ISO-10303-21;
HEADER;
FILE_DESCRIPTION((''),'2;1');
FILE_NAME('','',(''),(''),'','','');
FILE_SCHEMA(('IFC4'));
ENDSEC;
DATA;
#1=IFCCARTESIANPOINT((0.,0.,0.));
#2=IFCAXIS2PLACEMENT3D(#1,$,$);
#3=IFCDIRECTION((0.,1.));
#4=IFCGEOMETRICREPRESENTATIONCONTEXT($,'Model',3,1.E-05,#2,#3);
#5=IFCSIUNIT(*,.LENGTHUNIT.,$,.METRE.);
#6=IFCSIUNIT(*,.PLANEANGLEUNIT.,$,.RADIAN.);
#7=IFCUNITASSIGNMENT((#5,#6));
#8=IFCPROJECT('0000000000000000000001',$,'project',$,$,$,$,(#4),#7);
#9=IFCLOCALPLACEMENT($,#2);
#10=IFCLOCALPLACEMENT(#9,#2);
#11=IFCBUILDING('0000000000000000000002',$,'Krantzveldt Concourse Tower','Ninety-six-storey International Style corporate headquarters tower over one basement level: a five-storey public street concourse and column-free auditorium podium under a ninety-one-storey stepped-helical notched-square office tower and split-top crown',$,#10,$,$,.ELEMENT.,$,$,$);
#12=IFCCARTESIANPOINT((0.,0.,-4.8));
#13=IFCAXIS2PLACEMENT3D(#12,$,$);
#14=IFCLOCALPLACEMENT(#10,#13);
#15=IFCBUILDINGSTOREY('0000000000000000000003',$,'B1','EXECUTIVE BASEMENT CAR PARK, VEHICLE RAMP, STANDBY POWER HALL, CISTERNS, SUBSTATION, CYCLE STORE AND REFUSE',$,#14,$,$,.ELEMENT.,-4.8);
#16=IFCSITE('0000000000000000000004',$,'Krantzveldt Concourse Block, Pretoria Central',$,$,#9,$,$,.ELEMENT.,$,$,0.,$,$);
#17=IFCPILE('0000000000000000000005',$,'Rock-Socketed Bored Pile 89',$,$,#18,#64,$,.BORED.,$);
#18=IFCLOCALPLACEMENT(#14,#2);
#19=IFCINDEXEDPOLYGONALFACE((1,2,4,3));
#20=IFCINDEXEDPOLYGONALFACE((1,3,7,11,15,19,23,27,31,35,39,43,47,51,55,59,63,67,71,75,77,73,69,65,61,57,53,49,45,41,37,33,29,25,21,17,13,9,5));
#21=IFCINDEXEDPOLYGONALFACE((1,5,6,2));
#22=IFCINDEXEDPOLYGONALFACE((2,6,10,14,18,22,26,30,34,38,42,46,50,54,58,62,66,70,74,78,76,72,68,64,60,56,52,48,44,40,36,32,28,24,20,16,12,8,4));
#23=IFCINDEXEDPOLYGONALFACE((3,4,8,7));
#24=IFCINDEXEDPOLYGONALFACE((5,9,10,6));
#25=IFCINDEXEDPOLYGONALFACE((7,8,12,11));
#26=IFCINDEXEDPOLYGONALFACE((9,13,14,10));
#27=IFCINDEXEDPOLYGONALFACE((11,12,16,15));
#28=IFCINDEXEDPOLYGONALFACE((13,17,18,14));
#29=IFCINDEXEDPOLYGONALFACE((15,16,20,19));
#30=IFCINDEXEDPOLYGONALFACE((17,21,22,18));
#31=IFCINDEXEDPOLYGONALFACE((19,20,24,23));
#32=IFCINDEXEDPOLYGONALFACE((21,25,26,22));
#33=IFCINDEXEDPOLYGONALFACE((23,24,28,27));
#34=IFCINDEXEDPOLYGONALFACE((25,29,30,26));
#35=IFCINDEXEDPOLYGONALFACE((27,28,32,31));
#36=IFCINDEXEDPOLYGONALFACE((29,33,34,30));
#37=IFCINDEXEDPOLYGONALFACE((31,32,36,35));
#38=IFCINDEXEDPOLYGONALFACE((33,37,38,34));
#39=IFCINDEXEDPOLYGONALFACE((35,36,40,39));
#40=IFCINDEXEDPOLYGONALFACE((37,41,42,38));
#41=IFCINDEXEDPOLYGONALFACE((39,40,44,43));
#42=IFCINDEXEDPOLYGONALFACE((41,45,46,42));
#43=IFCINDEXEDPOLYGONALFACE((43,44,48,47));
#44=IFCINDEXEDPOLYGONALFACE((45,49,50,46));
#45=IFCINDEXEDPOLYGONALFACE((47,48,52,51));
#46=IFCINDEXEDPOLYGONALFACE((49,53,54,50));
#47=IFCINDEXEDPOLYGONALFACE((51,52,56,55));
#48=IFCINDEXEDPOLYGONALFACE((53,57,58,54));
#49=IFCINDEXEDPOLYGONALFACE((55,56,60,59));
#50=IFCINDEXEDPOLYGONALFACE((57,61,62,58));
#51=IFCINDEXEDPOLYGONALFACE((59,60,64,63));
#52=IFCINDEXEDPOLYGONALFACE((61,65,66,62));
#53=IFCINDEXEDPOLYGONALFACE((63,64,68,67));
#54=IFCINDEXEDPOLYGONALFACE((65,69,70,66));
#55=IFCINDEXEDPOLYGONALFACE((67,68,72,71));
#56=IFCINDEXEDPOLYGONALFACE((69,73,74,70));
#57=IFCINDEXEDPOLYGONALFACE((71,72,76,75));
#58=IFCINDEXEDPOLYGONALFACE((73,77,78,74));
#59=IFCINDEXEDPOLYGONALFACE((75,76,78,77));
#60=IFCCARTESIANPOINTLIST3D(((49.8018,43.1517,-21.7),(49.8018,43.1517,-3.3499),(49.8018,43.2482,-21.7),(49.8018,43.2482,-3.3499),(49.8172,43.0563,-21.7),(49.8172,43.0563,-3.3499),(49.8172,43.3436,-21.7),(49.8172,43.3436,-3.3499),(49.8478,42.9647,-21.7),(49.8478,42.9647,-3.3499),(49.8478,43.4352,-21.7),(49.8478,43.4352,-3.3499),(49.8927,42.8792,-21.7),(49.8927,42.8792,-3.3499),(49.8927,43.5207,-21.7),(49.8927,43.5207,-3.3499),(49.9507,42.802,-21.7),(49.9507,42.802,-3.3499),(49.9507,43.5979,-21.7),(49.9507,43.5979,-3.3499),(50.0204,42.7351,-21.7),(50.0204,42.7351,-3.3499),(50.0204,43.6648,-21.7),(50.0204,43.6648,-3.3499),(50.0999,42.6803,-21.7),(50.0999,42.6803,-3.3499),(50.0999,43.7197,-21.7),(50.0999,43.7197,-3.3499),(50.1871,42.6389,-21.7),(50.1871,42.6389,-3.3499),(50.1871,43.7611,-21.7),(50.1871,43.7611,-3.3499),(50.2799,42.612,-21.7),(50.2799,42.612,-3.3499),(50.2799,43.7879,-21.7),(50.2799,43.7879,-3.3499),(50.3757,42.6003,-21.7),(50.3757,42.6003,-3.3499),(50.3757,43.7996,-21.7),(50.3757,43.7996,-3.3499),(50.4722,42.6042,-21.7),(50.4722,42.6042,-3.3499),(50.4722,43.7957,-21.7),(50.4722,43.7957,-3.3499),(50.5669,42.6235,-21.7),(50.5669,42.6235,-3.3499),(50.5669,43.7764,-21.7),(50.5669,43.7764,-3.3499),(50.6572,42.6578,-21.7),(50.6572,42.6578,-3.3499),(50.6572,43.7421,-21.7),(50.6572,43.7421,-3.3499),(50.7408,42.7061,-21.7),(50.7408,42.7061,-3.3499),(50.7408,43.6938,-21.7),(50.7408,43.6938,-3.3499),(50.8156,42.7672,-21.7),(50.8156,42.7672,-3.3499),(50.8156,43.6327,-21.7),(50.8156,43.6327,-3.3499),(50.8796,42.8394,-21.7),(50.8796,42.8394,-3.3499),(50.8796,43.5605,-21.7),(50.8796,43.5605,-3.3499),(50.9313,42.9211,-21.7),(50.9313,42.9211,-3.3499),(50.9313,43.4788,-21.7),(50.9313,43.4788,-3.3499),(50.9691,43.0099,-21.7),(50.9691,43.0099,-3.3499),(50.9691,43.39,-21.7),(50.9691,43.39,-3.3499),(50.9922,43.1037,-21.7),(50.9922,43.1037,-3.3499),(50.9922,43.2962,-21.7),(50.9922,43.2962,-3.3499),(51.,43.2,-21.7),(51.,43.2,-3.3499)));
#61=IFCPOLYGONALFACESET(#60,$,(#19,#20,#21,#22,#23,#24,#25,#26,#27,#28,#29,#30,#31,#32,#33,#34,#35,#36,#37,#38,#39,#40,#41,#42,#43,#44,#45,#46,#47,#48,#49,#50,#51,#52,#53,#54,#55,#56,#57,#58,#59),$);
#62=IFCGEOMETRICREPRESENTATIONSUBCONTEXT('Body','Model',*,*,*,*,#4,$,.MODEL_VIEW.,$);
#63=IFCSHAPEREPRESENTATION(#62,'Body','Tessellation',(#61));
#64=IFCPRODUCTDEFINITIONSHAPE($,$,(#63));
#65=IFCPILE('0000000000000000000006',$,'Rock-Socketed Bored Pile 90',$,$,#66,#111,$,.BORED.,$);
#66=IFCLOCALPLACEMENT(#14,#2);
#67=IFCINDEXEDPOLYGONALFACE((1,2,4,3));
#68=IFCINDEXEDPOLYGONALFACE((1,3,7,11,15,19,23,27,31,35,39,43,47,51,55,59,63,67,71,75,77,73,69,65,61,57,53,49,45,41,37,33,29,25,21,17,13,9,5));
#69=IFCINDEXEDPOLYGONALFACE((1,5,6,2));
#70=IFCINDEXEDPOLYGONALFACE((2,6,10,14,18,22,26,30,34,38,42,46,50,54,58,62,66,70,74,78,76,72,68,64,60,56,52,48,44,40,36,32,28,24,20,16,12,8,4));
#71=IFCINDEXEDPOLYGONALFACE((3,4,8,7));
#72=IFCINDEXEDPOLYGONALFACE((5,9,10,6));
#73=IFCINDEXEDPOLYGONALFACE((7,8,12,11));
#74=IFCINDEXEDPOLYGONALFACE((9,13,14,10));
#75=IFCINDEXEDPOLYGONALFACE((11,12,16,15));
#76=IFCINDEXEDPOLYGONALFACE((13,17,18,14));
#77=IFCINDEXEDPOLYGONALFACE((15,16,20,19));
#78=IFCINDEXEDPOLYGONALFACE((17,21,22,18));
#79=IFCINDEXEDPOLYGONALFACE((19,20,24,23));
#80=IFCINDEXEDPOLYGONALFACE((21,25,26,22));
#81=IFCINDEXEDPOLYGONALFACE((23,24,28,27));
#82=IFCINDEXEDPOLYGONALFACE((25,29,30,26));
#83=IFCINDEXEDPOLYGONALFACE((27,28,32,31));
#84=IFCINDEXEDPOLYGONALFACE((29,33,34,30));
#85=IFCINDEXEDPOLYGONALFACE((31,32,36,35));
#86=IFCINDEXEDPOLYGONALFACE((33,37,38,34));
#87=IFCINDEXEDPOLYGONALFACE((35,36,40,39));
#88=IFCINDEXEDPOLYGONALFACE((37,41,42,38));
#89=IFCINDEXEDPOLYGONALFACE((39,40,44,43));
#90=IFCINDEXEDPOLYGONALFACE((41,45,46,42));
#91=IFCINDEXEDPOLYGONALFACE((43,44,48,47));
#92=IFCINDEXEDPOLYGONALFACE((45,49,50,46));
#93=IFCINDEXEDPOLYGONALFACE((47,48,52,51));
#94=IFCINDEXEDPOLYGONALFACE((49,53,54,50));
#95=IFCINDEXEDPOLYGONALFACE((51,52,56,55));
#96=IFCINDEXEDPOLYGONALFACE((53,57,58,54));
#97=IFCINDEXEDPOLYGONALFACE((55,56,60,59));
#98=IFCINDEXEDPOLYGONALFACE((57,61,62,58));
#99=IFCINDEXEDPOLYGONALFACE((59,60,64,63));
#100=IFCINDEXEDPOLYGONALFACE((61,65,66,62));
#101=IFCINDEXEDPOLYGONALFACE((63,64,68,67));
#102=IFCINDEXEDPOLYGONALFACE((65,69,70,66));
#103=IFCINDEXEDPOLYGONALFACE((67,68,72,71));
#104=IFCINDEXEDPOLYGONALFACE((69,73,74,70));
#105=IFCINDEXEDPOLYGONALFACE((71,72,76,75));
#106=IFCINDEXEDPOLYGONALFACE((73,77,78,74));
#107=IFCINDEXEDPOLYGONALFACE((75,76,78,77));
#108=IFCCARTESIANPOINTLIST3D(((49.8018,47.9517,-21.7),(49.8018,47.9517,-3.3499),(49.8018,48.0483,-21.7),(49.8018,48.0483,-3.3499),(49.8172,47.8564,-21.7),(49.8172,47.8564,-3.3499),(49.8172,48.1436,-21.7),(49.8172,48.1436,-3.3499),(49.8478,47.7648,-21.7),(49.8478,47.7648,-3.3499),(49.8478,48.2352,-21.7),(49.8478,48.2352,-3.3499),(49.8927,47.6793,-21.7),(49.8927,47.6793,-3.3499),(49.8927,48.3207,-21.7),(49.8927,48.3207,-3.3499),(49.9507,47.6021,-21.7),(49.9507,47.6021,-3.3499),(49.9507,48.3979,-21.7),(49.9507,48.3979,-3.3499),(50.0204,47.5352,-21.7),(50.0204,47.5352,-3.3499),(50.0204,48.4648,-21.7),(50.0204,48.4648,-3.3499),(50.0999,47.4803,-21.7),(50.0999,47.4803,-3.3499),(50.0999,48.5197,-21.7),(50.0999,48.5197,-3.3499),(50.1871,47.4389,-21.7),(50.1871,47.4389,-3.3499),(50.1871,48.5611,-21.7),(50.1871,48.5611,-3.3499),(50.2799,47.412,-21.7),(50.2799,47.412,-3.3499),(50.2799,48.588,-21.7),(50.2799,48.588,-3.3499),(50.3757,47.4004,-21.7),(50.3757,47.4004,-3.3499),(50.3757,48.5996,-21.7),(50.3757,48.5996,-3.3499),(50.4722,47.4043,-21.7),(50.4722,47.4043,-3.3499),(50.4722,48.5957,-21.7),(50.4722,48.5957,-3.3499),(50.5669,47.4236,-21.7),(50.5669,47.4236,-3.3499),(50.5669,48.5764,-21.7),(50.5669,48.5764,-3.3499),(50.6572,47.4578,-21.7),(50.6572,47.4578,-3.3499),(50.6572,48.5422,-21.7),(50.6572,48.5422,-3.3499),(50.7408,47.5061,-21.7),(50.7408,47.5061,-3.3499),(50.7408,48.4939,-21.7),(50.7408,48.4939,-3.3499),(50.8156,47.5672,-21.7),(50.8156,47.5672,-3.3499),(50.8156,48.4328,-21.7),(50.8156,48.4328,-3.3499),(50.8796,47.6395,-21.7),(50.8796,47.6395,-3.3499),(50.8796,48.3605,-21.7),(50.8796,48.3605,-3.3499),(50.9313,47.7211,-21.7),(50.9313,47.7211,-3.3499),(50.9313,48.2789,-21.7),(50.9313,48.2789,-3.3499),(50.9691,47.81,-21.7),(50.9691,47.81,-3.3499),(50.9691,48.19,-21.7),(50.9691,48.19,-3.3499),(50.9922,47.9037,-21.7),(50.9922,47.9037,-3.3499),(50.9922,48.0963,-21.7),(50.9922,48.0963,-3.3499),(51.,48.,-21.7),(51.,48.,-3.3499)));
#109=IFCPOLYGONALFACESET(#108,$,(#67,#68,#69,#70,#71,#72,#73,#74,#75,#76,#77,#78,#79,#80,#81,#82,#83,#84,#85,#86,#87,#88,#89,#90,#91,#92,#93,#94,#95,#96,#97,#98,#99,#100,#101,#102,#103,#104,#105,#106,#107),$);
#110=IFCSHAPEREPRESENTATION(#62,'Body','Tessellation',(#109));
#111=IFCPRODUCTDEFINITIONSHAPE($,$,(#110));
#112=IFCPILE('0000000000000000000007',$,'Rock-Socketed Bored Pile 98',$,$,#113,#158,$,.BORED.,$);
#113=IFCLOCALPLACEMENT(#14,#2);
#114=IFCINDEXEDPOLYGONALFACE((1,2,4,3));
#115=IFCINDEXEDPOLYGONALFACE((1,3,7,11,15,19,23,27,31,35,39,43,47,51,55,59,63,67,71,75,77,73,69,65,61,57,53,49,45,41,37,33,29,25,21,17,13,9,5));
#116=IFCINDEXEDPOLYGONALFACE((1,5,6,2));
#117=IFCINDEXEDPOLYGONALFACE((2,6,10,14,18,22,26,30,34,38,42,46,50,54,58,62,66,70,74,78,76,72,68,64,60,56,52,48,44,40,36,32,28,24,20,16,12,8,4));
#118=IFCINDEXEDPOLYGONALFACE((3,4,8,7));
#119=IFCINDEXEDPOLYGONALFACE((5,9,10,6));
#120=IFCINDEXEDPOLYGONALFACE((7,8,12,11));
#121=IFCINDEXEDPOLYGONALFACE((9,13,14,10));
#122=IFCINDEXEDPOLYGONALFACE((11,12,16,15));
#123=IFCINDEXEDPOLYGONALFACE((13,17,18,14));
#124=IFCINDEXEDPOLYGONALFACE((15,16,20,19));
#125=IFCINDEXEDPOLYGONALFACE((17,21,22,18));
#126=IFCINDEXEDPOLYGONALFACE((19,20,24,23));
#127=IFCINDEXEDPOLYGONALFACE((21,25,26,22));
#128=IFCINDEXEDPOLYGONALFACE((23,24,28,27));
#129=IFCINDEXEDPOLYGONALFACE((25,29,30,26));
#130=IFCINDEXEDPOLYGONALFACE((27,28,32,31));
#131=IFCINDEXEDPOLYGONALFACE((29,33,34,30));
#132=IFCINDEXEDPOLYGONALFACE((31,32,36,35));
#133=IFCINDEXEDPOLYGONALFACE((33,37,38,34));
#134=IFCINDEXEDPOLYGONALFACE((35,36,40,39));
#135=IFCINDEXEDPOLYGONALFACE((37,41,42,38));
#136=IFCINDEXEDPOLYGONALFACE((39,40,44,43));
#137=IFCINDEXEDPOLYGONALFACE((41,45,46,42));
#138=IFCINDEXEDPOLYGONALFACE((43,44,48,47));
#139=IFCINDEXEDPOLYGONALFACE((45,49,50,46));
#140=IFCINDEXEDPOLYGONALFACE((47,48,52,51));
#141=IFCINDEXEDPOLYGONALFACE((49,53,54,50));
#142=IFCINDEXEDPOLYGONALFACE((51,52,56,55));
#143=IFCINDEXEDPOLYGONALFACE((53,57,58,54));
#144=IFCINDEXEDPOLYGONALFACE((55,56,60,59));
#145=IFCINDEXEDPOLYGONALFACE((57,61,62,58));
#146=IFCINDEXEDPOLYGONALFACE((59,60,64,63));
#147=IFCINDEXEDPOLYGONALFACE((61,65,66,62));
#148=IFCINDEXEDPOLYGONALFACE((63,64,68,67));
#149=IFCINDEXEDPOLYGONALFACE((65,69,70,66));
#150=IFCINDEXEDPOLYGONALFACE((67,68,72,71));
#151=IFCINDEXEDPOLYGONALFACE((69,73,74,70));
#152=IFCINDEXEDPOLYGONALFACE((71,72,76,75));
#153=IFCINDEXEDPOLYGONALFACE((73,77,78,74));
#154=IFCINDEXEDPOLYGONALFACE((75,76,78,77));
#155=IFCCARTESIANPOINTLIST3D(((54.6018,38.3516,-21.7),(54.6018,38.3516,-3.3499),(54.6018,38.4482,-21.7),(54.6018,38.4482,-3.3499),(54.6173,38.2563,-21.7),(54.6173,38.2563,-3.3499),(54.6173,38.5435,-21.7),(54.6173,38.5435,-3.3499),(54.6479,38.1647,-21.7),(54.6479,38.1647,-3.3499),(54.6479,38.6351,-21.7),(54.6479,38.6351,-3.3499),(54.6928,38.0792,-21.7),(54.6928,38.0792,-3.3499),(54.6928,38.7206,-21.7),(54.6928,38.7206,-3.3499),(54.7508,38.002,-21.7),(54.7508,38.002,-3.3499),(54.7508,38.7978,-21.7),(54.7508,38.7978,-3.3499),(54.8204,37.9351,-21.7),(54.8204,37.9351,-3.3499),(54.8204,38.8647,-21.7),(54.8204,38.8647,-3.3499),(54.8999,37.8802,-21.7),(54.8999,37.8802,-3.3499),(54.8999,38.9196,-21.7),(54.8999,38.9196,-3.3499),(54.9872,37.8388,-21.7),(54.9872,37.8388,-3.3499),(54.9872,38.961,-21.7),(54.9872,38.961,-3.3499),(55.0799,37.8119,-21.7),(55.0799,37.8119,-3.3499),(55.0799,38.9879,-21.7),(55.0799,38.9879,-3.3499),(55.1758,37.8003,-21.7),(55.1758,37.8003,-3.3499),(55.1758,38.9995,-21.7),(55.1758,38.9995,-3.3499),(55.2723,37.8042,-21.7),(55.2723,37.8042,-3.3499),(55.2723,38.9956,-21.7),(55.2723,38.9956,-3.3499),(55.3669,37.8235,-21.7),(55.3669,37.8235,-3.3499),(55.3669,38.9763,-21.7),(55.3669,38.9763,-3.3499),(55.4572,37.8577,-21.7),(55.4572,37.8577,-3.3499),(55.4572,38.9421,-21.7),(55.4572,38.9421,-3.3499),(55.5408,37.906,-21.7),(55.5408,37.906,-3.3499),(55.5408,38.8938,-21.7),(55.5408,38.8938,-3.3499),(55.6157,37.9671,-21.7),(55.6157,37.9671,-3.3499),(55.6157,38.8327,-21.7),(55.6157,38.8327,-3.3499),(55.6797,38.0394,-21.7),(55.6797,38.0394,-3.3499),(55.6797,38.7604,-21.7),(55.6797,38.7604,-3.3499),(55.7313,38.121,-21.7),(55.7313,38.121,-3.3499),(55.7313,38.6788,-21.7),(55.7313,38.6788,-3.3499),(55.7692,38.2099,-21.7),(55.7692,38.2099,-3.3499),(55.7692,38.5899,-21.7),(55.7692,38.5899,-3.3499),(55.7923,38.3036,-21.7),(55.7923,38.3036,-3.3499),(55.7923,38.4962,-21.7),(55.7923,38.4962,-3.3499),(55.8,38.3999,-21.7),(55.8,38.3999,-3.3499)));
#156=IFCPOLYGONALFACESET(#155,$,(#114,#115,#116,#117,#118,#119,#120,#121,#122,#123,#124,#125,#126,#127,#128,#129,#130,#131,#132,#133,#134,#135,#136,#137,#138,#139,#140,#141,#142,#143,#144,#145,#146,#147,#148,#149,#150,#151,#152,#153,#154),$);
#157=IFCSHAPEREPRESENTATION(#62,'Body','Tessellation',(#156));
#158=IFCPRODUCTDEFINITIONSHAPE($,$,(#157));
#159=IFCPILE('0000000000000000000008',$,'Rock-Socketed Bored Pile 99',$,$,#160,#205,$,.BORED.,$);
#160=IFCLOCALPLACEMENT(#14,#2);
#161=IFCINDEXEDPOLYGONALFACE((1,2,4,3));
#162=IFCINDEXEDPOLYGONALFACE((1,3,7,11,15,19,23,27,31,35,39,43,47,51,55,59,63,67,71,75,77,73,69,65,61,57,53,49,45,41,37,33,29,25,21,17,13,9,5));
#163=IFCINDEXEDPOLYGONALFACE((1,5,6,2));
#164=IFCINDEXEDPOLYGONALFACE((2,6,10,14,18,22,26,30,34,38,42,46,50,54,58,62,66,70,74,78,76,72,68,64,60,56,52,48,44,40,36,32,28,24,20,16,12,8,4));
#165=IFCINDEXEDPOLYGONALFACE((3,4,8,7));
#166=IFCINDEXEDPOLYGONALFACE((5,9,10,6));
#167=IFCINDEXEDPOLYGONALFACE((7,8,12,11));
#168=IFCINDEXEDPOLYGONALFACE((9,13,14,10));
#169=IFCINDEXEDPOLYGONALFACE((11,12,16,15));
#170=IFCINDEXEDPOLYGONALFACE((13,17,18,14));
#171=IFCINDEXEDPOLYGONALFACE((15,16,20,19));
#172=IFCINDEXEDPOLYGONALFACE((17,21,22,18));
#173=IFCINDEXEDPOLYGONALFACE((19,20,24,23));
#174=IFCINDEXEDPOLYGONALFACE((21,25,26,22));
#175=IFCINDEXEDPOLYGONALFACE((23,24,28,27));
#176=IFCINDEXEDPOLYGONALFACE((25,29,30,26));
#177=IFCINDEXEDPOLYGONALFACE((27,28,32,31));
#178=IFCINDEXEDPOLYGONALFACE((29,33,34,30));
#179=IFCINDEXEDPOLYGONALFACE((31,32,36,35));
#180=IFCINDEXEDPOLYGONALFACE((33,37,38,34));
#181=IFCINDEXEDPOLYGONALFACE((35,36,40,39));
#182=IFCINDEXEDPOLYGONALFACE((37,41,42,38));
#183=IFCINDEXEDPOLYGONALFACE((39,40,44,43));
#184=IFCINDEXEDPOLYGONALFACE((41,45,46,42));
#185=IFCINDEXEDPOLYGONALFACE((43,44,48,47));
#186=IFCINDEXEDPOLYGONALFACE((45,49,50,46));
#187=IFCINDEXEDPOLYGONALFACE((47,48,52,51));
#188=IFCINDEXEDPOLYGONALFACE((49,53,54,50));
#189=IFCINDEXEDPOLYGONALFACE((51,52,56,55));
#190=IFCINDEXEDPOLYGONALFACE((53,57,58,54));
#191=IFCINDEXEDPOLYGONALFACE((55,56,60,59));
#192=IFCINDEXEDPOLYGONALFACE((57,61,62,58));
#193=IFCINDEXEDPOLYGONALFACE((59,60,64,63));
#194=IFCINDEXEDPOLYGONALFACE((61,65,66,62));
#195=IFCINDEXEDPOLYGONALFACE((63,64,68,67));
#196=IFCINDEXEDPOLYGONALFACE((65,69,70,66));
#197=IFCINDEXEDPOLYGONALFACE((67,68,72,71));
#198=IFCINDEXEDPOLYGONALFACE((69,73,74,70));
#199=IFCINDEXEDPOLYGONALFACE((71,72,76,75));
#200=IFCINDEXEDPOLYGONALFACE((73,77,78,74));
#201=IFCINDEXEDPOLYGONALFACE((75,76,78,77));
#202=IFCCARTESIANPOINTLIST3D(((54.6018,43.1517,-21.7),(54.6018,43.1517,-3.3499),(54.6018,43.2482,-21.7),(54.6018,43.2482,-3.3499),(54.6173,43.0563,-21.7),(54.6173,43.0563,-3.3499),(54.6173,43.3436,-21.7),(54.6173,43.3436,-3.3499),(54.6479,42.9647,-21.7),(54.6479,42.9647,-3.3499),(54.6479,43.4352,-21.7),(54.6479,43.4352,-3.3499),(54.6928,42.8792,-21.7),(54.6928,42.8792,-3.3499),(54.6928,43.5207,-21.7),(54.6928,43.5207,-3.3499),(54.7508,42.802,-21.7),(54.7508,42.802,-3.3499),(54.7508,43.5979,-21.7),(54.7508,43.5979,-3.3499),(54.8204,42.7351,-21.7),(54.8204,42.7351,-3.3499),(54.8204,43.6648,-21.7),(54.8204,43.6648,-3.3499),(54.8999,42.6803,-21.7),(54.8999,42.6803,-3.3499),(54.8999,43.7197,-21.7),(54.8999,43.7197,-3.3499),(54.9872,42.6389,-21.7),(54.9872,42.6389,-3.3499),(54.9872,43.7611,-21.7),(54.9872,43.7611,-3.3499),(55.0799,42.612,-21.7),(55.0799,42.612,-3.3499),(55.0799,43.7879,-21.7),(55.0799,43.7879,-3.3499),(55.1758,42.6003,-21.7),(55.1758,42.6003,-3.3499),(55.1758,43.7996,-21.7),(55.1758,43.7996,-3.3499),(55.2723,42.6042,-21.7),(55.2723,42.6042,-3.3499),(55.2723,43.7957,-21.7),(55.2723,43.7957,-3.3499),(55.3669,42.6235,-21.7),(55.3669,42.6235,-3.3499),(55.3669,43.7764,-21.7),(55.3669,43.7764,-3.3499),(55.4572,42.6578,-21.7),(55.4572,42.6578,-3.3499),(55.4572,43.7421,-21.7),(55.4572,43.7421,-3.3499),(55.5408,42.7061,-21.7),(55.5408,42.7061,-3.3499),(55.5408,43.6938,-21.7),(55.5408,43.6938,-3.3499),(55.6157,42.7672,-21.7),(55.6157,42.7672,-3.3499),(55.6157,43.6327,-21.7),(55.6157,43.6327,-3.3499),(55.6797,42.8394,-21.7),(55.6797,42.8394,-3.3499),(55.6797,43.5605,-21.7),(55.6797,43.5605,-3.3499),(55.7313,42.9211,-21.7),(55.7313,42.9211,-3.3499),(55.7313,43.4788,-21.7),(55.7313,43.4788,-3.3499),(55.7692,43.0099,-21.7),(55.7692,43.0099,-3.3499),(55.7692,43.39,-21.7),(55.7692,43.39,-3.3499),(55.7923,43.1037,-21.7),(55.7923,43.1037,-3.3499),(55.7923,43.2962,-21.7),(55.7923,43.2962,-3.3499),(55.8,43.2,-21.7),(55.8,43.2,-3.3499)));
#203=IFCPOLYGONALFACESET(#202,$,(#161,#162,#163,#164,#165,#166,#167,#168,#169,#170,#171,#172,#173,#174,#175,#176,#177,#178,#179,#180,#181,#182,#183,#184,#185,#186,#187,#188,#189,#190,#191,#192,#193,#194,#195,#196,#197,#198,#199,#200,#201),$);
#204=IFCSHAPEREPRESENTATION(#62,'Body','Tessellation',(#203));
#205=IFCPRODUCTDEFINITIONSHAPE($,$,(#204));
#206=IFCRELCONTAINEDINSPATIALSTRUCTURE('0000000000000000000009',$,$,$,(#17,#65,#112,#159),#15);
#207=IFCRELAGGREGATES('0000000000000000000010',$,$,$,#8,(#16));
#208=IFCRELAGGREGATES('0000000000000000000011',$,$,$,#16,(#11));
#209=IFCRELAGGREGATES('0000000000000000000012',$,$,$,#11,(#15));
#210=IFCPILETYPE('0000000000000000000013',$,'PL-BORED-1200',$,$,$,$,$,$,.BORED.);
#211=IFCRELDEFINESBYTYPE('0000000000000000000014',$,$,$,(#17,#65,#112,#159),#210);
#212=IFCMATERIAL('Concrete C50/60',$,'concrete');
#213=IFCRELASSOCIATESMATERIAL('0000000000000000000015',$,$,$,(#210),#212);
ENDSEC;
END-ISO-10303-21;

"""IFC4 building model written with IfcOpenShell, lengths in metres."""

from ifc_helpers import new_model, si_unit, direction, frame, origin, origin_2d, place, context, subcontext, project, spatial, circle, extrude, source, transform, mapped, material, material_profile, profile_set, type_object, type_shapes, element, save


model = new_model("IFC4")

# Units and contexts
model_context = context("Model", 3, precision=1e-05, world=origin(), true_north=direction((0.0, 1.0)))
body_context = subcontext(model_context, "Body", "Model", "MODEL_VIEW")
ifc_project = project(units=[si_unit("LENGTHUNIT", "METRE"), si_unit("PLANEANGLEUNIT", "RADIAN")], contexts=[model_context])

# Site, building, storey
site_placement = place(None, origin())
site = spatial("IfcSite", under=ifc_project, at=site_placement, Name="Krantzveldt Concourse Block, Pretoria Central", CompositionType="ELEMENT", RefElevation=0.0)
building_placement = place(site_placement, origin())
building = spatial("IfcBuilding", under=site, at=building_placement, Name="Krantzveldt Concourse Tower", Description="Ninety-six-storey International Style corporate headquarters tower over one basement level: a five-storey public street concourse and column-free auditorium podium under a ninety-one-storey stepped-helical notched-square office tower and split-top crown", CompositionType="ELEMENT")
storey_placement = place(building_placement, frame((0.0, 0.0, -4.8)))
storey = spatial("IfcBuildingStorey", under=building, at=storey_placement, Name="B1", Description="EXECUTIVE BASEMENT CAR PARK, VEHICLE RAMP, STANDBY POWER HALL, CISTERNS, SUBSTATION, CYCLE STORE AND REFUSE", CompositionType="ELEMENT", Elevation=-4.8)

# Piles
ifc_material_1 = material(Name="Concrete C50/60", Category="concrete")
ifc_material_profile_1 = material_profile(ifc_material_1, circle(Radius=0.6001, at=origin_2d()), Name="Concrete C50/60", Category="concrete")
ifc_profile_set_1 = profile_set([ifc_material_profile_1], Name="Concrete C50/60 - PILE D1200")
pile_type_1 = type_object("IfcPileType", Name="PL-BORED-1200", PredefinedType="BORED", material=ifc_profile_set_1)
shared_shape_1 = source(origin(), body_context, "Body", "SweptSolid", [
    extrude(circle(Radius=0.6001, at=origin_2d()), origin(), (0.0, 0.0, 1.0), 18.3501),
])
type_shapes(pile_type_1, [shared_shape_1])
for number, where, z_axis, x_axis, name in (
    (1, (50.3999, 43.2, -3.3499), (0.0, 0.0, -1.0), (1.0, 0.0, 0.0), "Rock-Socketed Bored Pile 89"),
    (2, (50.3999, 48.0, -3.3499), (0.0, 0.0, -1.0), (1.0, 0.0, 0.0), "Rock-Socketed Bored Pile 90"),
    (3, (55.2, 38.3999, -3.3499), (0.0, 0.0, -1.0), (1.0, 0.0, 0.0), "Rock-Socketed Bored Pile 98"),
    (4, (55.2, 43.2, -3.3499), (0.0, 0.0, -1.0), (1.0, 0.0, 0.0), "Rock-Socketed Bored Pile 99"),
):
    element("IfcPile", number, at=place(storey_placement, frame(where, z_axis=z_axis, x_axis=x_axis)), inside=storey, type_object=pile_type_1, Name=name, PredefinedType="BORED", context=body_context, shape_type="MappedRepresentation", body=[
        mapped(shared_shape_1, transform((0.0, 0.0, 0.0), x_axis=(1.0, 0.0, 0.0), y_axis=(0.0, 1.0, 0.0), z_axis=(0.0, 0.0, 1.0), scale=1.0)),
    ])

save(model, "model.ifc")
